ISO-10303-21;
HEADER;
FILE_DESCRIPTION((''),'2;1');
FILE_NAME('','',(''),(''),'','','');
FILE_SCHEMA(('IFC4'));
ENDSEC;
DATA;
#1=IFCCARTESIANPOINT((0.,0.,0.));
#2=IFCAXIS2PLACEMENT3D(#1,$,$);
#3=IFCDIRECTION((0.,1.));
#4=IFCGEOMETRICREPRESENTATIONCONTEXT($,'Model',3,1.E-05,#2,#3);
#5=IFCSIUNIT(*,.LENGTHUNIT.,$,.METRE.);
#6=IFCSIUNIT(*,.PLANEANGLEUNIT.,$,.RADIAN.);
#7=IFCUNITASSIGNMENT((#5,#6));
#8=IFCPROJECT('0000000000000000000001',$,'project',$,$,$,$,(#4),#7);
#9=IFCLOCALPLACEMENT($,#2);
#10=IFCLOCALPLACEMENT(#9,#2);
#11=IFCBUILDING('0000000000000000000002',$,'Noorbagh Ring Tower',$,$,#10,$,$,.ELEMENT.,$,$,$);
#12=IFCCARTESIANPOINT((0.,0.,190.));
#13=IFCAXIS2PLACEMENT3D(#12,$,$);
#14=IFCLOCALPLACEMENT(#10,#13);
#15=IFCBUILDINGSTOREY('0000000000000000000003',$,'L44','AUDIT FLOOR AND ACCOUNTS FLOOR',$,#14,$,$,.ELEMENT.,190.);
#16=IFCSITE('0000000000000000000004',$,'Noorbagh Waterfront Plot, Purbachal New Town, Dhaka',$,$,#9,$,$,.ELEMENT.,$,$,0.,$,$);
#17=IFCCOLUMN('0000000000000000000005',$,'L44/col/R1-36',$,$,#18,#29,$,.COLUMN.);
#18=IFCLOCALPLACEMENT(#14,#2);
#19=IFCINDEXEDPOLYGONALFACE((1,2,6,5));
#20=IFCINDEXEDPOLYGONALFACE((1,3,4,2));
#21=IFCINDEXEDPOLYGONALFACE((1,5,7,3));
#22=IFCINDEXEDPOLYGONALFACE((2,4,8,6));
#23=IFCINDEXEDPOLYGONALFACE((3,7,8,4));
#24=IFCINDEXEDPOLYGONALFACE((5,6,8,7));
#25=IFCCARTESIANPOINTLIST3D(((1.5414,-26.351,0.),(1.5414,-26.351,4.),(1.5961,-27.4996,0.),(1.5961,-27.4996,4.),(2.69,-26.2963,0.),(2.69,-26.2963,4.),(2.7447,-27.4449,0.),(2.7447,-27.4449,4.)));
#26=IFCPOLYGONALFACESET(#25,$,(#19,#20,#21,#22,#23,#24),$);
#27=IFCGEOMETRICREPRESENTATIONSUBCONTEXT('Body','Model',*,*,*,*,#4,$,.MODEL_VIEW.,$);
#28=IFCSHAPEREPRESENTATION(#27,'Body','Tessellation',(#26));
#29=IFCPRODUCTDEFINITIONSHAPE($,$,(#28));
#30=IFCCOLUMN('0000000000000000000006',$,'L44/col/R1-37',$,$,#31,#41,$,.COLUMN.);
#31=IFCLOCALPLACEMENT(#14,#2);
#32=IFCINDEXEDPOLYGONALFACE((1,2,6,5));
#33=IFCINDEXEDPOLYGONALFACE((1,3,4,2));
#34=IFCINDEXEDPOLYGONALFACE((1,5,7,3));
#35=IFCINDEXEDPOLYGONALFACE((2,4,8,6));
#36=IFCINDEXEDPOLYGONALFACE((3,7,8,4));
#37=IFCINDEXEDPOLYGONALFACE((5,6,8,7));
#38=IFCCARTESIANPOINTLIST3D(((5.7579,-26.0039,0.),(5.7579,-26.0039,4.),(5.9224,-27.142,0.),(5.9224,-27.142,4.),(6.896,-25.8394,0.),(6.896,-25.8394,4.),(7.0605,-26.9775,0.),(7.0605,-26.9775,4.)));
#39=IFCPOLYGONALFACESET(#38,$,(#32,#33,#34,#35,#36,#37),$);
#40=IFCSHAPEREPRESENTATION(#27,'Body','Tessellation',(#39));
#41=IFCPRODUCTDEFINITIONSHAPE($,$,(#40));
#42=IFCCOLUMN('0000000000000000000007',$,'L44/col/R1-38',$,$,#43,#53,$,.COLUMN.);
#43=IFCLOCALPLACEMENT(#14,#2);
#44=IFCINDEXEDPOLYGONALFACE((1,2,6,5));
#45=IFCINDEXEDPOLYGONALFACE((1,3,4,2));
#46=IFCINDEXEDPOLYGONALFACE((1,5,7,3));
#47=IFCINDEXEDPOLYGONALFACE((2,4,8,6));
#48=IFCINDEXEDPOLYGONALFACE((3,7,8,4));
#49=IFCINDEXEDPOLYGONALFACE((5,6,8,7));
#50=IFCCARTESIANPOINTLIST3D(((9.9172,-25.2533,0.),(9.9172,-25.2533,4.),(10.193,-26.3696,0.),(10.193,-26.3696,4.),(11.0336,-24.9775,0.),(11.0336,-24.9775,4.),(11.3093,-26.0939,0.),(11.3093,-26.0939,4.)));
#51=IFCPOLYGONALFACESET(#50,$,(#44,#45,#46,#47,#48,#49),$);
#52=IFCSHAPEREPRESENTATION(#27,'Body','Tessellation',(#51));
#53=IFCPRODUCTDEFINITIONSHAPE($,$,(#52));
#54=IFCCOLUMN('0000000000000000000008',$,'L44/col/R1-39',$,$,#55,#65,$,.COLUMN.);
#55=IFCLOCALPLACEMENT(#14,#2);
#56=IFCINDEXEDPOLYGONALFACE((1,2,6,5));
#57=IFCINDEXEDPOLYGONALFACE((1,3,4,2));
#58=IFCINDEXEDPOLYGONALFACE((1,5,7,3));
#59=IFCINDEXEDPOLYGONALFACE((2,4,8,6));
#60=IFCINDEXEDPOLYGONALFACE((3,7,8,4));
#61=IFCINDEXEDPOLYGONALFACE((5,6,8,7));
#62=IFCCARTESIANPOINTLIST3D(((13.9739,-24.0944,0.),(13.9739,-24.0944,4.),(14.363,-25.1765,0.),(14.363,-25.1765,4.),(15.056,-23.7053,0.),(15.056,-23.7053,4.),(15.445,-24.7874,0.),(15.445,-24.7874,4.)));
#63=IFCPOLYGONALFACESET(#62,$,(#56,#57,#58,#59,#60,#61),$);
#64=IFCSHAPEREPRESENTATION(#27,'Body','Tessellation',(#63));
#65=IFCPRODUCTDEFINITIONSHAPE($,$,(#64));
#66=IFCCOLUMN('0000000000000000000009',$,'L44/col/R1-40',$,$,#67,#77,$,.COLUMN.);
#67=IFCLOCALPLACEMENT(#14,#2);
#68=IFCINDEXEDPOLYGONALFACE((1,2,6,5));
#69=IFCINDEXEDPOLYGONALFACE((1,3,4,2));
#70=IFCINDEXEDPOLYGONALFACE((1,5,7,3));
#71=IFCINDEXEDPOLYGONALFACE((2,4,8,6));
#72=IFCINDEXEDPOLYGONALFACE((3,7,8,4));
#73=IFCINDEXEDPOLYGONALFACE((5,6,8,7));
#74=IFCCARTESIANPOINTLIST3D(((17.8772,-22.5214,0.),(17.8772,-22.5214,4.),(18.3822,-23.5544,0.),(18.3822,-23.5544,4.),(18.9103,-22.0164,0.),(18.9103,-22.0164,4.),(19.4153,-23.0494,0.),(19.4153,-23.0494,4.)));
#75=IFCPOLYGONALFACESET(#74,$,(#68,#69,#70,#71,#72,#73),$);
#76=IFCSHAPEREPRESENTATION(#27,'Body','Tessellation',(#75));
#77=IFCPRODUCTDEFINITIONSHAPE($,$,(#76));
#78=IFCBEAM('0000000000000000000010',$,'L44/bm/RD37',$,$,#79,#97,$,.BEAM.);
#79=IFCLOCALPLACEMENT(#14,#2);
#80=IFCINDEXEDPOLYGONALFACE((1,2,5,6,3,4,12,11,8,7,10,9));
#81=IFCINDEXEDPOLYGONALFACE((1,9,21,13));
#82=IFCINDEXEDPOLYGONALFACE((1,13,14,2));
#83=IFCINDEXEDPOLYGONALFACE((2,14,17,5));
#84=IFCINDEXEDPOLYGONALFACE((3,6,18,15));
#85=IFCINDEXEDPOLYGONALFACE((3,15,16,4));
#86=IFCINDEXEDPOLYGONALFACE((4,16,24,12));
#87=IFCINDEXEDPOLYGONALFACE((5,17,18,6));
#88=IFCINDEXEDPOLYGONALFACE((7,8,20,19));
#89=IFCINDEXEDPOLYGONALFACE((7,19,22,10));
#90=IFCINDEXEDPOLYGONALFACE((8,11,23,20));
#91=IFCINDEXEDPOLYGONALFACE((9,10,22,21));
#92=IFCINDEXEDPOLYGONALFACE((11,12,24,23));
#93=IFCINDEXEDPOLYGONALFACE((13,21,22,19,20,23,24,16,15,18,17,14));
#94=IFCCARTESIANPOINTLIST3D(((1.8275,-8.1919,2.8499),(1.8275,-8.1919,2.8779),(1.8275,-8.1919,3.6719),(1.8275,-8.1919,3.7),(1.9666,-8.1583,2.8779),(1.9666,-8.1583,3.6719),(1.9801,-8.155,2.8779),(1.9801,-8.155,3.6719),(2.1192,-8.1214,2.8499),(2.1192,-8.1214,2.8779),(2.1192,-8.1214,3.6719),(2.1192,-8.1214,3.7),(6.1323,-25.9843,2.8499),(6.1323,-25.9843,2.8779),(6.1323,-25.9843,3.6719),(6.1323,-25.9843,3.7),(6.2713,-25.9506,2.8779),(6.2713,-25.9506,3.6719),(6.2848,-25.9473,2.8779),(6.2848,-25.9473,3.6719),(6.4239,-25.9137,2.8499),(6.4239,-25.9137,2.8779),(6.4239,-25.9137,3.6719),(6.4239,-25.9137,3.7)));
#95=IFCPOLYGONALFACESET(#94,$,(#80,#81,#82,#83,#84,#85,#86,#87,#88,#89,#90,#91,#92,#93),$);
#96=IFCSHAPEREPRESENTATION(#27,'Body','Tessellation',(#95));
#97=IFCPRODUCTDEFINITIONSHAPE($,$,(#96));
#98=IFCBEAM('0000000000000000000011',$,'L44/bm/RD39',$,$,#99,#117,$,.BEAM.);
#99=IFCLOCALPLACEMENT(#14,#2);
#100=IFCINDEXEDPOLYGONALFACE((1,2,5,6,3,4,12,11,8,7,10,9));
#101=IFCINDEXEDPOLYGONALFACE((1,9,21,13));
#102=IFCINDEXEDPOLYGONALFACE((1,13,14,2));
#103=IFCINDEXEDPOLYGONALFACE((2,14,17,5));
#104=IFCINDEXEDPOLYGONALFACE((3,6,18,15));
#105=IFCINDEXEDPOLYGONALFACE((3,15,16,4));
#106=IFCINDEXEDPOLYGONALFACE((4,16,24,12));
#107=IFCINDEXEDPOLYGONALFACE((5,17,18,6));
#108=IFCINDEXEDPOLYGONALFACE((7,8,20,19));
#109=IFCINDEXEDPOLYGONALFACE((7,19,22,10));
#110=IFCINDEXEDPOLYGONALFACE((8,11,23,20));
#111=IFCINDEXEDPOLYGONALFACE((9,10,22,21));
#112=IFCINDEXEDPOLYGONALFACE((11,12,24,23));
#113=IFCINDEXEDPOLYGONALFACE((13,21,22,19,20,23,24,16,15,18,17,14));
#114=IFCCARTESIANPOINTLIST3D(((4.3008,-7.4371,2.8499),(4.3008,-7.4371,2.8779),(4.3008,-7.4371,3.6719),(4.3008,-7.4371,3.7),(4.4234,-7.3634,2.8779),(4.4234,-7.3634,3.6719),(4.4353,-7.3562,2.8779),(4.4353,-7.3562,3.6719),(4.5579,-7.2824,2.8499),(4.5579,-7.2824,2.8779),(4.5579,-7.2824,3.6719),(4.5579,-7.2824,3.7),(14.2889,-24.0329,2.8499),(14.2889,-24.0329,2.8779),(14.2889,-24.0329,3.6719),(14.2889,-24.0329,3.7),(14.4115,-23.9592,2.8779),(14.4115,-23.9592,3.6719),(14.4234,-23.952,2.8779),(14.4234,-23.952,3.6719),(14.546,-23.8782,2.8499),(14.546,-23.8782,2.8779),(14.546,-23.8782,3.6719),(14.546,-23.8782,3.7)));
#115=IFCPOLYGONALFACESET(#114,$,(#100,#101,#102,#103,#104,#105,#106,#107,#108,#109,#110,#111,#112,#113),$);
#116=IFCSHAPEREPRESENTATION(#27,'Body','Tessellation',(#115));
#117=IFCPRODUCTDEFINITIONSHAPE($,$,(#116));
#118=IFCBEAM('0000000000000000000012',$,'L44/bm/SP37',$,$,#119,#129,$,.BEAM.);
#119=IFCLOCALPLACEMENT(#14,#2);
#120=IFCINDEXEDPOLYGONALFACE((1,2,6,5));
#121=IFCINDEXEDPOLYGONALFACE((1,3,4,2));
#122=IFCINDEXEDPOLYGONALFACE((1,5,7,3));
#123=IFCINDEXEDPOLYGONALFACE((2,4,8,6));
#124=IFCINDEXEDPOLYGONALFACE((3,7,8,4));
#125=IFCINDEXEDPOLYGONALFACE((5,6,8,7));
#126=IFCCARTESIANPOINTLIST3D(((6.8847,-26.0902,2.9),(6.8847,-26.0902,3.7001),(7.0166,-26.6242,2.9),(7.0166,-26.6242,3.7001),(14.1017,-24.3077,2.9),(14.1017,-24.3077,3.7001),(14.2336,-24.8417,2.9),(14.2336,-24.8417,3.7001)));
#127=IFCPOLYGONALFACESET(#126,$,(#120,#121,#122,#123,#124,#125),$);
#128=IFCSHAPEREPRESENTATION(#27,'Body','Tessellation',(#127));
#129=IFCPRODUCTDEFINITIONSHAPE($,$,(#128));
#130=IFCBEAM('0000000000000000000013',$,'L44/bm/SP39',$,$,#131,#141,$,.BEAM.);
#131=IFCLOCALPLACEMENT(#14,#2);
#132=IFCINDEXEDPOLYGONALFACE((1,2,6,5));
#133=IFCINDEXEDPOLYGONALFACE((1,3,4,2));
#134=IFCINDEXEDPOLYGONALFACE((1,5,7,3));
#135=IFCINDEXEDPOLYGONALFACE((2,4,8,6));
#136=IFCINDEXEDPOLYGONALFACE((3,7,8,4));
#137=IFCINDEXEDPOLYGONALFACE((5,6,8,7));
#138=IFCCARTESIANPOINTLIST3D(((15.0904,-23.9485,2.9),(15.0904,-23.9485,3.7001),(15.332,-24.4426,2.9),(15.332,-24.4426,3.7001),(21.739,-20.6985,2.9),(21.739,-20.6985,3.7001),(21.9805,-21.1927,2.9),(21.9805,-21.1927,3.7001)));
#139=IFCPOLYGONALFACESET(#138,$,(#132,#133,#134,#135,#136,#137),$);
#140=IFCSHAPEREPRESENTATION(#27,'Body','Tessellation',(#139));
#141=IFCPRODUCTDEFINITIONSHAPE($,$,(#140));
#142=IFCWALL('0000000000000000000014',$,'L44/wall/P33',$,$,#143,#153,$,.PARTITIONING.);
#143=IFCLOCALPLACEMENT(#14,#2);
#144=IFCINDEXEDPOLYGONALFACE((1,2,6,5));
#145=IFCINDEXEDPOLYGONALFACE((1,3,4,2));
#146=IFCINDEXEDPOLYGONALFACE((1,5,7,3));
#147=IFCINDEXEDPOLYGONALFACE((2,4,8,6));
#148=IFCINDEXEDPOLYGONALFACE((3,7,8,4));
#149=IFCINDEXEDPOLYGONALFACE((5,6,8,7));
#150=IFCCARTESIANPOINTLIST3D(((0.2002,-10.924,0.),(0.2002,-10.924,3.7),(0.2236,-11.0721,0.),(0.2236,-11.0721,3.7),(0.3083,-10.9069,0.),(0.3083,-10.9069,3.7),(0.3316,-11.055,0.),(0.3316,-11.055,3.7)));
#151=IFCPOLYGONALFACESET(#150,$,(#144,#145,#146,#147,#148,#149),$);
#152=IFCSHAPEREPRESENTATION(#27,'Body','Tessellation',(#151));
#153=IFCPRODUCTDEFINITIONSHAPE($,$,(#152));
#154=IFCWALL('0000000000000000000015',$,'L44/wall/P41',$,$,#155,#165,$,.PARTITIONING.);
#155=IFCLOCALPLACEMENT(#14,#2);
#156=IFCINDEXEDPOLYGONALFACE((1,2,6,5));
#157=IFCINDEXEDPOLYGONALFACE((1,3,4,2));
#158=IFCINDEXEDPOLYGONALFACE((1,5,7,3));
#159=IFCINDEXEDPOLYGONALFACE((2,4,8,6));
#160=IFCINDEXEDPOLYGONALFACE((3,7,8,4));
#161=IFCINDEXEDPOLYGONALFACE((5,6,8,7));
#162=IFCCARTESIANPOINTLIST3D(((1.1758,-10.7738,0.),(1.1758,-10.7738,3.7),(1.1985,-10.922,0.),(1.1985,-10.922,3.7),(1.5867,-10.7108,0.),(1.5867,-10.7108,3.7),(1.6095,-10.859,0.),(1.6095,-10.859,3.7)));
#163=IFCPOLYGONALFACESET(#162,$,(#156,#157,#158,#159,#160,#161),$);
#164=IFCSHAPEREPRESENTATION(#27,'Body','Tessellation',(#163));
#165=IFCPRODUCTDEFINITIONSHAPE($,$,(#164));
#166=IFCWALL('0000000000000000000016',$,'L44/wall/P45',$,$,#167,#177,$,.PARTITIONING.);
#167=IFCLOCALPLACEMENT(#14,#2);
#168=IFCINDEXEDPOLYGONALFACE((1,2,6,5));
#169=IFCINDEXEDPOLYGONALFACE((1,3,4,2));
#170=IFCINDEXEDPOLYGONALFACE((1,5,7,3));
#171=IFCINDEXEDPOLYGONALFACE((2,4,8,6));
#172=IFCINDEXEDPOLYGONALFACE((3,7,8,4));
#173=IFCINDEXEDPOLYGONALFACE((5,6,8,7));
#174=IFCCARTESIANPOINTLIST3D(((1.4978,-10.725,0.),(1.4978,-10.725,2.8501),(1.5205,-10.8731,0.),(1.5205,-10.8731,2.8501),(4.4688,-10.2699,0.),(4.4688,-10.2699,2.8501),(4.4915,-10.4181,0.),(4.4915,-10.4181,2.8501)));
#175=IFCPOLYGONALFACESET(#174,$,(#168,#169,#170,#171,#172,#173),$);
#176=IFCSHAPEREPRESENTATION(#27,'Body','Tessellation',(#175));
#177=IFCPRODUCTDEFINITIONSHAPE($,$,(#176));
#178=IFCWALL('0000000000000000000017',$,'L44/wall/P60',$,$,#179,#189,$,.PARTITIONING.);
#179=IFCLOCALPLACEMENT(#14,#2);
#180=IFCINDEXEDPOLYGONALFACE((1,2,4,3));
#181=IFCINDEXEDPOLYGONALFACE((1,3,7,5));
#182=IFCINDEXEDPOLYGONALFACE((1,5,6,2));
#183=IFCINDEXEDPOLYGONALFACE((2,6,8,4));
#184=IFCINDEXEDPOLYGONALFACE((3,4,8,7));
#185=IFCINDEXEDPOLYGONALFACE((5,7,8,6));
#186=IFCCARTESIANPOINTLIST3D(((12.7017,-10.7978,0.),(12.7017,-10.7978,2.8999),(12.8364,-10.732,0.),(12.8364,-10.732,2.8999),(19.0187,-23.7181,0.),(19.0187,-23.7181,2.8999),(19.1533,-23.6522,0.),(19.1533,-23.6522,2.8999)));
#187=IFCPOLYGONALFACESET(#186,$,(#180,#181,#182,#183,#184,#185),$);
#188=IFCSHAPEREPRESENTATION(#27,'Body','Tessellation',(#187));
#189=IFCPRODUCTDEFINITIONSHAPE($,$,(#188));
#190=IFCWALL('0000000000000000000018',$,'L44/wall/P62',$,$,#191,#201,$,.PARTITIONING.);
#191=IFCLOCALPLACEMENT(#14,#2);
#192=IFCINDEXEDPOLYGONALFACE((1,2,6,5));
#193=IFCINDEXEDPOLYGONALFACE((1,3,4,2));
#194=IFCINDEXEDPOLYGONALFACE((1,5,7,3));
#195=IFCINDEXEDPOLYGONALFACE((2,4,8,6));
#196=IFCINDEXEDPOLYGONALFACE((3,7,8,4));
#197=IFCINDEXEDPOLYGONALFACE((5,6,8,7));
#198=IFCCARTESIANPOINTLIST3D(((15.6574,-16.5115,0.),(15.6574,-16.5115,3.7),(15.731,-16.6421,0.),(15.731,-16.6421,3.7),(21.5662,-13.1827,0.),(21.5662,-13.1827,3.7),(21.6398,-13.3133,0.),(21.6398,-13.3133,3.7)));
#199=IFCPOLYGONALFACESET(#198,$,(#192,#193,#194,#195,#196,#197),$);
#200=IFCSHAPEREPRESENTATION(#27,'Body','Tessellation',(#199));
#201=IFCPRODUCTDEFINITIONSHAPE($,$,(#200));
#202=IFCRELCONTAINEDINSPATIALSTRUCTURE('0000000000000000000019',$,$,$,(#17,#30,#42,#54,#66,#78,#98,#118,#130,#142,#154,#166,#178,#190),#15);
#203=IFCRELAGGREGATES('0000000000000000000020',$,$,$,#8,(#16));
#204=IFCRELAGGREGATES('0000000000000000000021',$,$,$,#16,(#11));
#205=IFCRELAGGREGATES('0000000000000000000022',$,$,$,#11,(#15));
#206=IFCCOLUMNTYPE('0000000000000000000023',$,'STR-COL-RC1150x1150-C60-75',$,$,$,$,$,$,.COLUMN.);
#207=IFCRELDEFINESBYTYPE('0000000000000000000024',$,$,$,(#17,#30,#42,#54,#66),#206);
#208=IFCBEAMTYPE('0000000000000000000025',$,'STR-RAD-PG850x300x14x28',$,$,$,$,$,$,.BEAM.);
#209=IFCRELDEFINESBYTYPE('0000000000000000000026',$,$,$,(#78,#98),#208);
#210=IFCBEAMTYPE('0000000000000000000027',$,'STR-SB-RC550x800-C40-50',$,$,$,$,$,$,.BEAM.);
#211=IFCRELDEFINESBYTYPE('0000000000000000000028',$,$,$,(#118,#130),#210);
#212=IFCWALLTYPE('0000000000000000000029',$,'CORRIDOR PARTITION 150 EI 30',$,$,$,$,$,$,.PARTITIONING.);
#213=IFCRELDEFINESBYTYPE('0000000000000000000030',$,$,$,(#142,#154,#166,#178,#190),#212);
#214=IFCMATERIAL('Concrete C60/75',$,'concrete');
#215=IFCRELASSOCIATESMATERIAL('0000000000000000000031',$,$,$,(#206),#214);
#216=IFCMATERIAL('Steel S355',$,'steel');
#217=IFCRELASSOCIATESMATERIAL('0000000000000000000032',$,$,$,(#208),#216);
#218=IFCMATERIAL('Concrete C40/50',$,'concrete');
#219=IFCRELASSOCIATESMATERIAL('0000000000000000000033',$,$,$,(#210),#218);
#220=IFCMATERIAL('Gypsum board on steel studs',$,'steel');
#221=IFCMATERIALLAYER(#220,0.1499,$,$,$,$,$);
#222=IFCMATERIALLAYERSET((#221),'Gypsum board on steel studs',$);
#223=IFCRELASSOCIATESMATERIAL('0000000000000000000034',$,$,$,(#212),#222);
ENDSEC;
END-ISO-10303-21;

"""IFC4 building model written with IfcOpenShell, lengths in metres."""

from ifc_helpers import new_model, si_unit, direction, frame, frame_2d, origin, origin_2d, place, context, subcontext, project, spatial, rectangle, i_section, extrude, material, layer, layer_set, material_profile, profile_set, type_object, element, save


model = new_model("IFC4")

# Units and contexts
model_context = context("Model", 3, precision=1e-05, world=origin(), true_north=direction((0.0, 1.0)))
body_context = subcontext(model_context, "Body", "Model", "MODEL_VIEW")
ifc_project = project(units=[si_unit("LENGTHUNIT", "METRE"), si_unit("PLANEANGLEUNIT", "RADIAN")], contexts=[model_context])

# Site, building, storey
site_placement = place(None, origin())
site = spatial("IfcSite", under=ifc_project, at=site_placement, Name="Noorbagh Waterfront Plot, Purbachal New Town, Dhaka", CompositionType="ELEMENT", RefElevation=0.0)
building_placement = place(site_placement, origin())
building = spatial("IfcBuilding", under=site, at=building_placement, Name="Noorbagh Ring Tower", CompositionType="ELEMENT")
storey_placement = place(building_placement, frame((0.0, 0.0, 190.0)))
storey = spatial("IfcBuildingStorey", under=building, at=storey_placement, Name="L44", Description="AUDIT FLOOR AND ACCOUNTS FLOOR", CompositionType="ELEMENT", Elevation=190.0)

# Columns
ifc_material_1 = material(Name="Concrete C60/75", Category="concrete")
ifc_material_profile_1 = material_profile(ifc_material_1, rectangle(XDim=1.1499, YDim=1.1499, at=origin_2d()), Name="RC1150x1150")
ifc_profile_set_1 = profile_set([ifc_material_profile_1], Name="Concrete C60/75")
column_type = type_object("IfcColumnType", Name="STR-COL-RC1150x1150-C60-75", PredefinedType="COLUMN", material=ifc_profile_set_1)
for number, where, z_axis, x_axis, name in (
    (1, (2.1431, -26.8979, 0.0), (0.0, 0.0, 1.0), (0.998869, 0.047553, 0.0), "L44/col/R1-36"),
    (2, (6.4092, -26.4907, 0.0), (0.0, 0.0, 1.0), (0.989713, 0.143066, 0.0), "L44/col/R1-37"),
    (3, (10.6133, -25.6736, 0.0), (0.0, 0.0, 1.0), (0.970829, 0.239771, 0.0), "L44/col/R1-38"),
    (4, (14.7095, -24.4409, 0.0), (0.0, 0.0, 1.0), (0.941025, 0.338338, 0.0), "L44/col/R1-39"),
    (5, (18.6462, -22.7854, 0.0), (0.0, 0.0, 1.0), (0.898399, 0.43918, 0.0), "L44/col/R1-40"),
):
    element("IfcColumn", number, at=place(storey_placement, frame(where, z_axis=z_axis, x_axis=x_axis)), inside=storey, type_object=column_type, Name=name, PredefinedType="COLUMN", context=body_context, shape_type="SweptSolid", body=[
        extrude(rectangle(XDim=1.1499, YDim=1.1499, at=origin_2d()), origin(), (0.0, 0.0, 1.0), 4.0),
    ])

# Beams
ifc_material_2 = material(Name="Steel S355", Category="steel")
ifc_material_profile_2 = material_profile(ifc_material_2, i_section(OverallWidth=0.3, OverallDepth=0.8501, WebThickness=0.0139, FlangeThickness=0.0281, at=origin_2d()), Name="PG850x300x14x28")
ifc_profile_set_2 = profile_set([ifc_material_profile_2], Name="Steel S355")
beam_type_1 = type_object("IfcBeamType", Name="STR-RAD-PG850x300x14x28", PredefinedType="BEAM", material=ifc_profile_set_2)
beam_1_placement = place(storey_placement, frame((6.2781, -25.949, 3.2749), z_axis=(-0.235157, 0.971957, 0.0), x_axis=(-0.971957, -0.235157, 0.0)))
element("IfcBeam", 6, at=beam_1_placement, inside=storey, type_object=beam_type_1, Name="L44/bm/RD37", PredefinedType="BEAM", context=body_context, shape_type="SweptSolid", body=[
    extrude(i_section(OverallWidth=0.3, OverallDepth=0.8501, WebThickness=0.0139, FlangeThickness=0.0281, at=origin_2d()), origin(), (0.0, 0.0, 1.0), 18.3057),
])
beam_2_placement = place(storey_placement, frame((14.4175, -23.9556, 3.2749), z_axis=(-0.515657, 0.856795, 0.0), x_axis=(-0.856795, -0.515657, 0.0)))
element("IfcBeam", 7, at=beam_2_placement, inside=storey, type_object=beam_type_1, Name="L44/bm/RD39", PredefinedType="BEAM", context=body_context, shape_type="SweptSolid", body=[
    extrude(i_section(OverallWidth=0.3, OverallDepth=0.8501, WebThickness=0.0139, FlangeThickness=0.0281, at=origin_2d()), origin(), (0.0, 0.0, 1.0), 19.3696),
])
ifc_material_3 = material(Name="Concrete C40/50", Category="concrete")
ifc_material_profile_3 = material_profile(ifc_material_3, rectangle(XDim=0.55, YDim=0.8, at=origin_2d()), Name="RC550x800")
ifc_profile_set_3 = profile_set([ifc_material_profile_3], Name="Concrete C40/50")
beam_type_2 = type_object("IfcBeamType", Name="STR-SB-RC550x800-C40-50", PredefinedType="BEAM", material=ifc_profile_set_3)
beam_3_placement = place(storey_placement, frame((6.9507, -26.3572, 3.3), z_axis=(0.970828, 0.239776, 0.0), x_axis=(-0.239776, 0.970828, 0.0)))
element("IfcBeam", 8, at=beam_3_placement, inside=storey, type_object=beam_type_2, Name="L44/bm/SP37", PredefinedType="BEAM", context=body_context, shape_type="SweptSolid", body=[
    extrude(rectangle(XDim=0.55, YDim=0.8, at=origin_2d()), origin(), (0.0, 0.0, 1.0), 7.4338),
])
beam_4_placement = place(storey_placement, frame((15.2112, -24.1956, 3.3), z_axis=(0.898409, 0.439159, 0.0), x_axis=(-0.439159, 0.898409, 0.0)))
element("IfcBeam", 9, at=beam_4_placement, inside=storey, type_object=beam_type_2, Name="L44/bm/SP39", PredefinedType="BEAM", context=body_context, shape_type="SweptSolid", body=[
    extrude(rectangle(XDim=0.55, YDim=0.8, at=origin_2d()), origin(), (0.0, 0.0, 1.0), 7.4004),
])

# Walls
ifc_material_4 = material(Name="Gypsum board on steel studs", Category="steel")
ifc_layer_1 = layer(ifc_material_4, 0.1499)
ifc_layer_set_1 = layer_set([ifc_layer_1], Name="Gypsum board on steel studs")
wall_type_1 = type_object("IfcWallType", Name="CORRIDOR PARTITION 150 EI 30", PredefinedType="PARTITIONING", material=ifc_layer_set_1)
wall_1_placement = place(storey_placement, frame((0.2119, -10.998, 0.0), z_axis=(0.0, 0.0, 1.0), x_axis=(0.987745, 0.156077, 0.0)))
element("IfcWall", 10, at=wall_1_placement, inside=storey, type_object=wall_type_1, Name="L44/wall/P33", PredefinedType="PARTITIONING", context=body_context, shape_type="SweptSolid", body=[
    extrude(rectangle(XDim=0.1094, YDim=0.1499, at=frame_2d((0.0547, 0.0))), origin(), (0.0, 0.0, 1.0), 3.7),
])
wall_2_placement = place(storey_placement, frame((1.187, -10.8479, 0.0), z_axis=(0.0, 0.0, 1.0), x_axis=(0.988453, 0.151528, 0.0)))
element("IfcWall", 11, at=wall_2_placement, inside=storey, type_object=wall_type_1, Name="L44/wall/P41", PredefinedType="PARTITIONING", context=body_context, shape_type="SweptSolid", body=[
    extrude(rectangle(XDim=0.4158, YDim=0.1499, at=frame_2d((0.208, 0.0))), origin(), (0.0, 0.0, 1.0), 3.7),
])
wall_3_placement = place(storey_placement, frame((1.509, -10.7991, 0.0), z_axis=(0.0, 0.0, 1.0), x_axis=(0.988471, 0.15141, 0.0)))
element("IfcWall", 12, at=wall_3_placement, inside=storey, type_object=wall_type_1, Name="L44/wall/P45", PredefinedType="PARTITIONING", context=body_context, shape_type="SweptSolid", body=[
    extrude(rectangle(XDim=3.0056, YDim=0.1499, at=frame_2d((1.5029, 0.0))), origin(), (0.0, 0.0, 1.0), 2.8501),
])
wall_4_placement = place(storey_placement, frame((12.769, -10.7649, 0.0), z_axis=(0.0, 0.0, 1.0), x_axis=(0.439231, -0.898374, 0.0)))
element("IfcWall", 13, at=wall_4_placement, inside=storey, type_object=wall_type_1, Name="L44/wall/P60", PredefinedType="PARTITIONING", context=body_context, shape_type="SweptSolid", body=[
    extrude(rectangle(XDim=14.3818, YDim=0.1499, at=frame_2d((7.1909, 0.0))), origin(), (0.0, 0.0, 1.0), 2.8999),
])
wall_5_placement = place(storey_placement, frame((15.6941, -16.5769, 0.0), z_axis=(0.0, 0.0, 1.0), x_axis=(0.871255, 0.49083, 0.0)))
element("IfcWall", 14, at=wall_5_placement, inside=storey, type_object=wall_type_1, Name="L44/wall/P62", PredefinedType="PARTITIONING", context=body_context, shape_type="SweptSolid", body=[
    extrude(rectangle(XDim=6.782, YDim=0.1499, at=frame_2d((3.3911, 0.0))), origin(), (0.0, 0.0, 1.0), 3.7),
])

save(model, "model.ifc")
